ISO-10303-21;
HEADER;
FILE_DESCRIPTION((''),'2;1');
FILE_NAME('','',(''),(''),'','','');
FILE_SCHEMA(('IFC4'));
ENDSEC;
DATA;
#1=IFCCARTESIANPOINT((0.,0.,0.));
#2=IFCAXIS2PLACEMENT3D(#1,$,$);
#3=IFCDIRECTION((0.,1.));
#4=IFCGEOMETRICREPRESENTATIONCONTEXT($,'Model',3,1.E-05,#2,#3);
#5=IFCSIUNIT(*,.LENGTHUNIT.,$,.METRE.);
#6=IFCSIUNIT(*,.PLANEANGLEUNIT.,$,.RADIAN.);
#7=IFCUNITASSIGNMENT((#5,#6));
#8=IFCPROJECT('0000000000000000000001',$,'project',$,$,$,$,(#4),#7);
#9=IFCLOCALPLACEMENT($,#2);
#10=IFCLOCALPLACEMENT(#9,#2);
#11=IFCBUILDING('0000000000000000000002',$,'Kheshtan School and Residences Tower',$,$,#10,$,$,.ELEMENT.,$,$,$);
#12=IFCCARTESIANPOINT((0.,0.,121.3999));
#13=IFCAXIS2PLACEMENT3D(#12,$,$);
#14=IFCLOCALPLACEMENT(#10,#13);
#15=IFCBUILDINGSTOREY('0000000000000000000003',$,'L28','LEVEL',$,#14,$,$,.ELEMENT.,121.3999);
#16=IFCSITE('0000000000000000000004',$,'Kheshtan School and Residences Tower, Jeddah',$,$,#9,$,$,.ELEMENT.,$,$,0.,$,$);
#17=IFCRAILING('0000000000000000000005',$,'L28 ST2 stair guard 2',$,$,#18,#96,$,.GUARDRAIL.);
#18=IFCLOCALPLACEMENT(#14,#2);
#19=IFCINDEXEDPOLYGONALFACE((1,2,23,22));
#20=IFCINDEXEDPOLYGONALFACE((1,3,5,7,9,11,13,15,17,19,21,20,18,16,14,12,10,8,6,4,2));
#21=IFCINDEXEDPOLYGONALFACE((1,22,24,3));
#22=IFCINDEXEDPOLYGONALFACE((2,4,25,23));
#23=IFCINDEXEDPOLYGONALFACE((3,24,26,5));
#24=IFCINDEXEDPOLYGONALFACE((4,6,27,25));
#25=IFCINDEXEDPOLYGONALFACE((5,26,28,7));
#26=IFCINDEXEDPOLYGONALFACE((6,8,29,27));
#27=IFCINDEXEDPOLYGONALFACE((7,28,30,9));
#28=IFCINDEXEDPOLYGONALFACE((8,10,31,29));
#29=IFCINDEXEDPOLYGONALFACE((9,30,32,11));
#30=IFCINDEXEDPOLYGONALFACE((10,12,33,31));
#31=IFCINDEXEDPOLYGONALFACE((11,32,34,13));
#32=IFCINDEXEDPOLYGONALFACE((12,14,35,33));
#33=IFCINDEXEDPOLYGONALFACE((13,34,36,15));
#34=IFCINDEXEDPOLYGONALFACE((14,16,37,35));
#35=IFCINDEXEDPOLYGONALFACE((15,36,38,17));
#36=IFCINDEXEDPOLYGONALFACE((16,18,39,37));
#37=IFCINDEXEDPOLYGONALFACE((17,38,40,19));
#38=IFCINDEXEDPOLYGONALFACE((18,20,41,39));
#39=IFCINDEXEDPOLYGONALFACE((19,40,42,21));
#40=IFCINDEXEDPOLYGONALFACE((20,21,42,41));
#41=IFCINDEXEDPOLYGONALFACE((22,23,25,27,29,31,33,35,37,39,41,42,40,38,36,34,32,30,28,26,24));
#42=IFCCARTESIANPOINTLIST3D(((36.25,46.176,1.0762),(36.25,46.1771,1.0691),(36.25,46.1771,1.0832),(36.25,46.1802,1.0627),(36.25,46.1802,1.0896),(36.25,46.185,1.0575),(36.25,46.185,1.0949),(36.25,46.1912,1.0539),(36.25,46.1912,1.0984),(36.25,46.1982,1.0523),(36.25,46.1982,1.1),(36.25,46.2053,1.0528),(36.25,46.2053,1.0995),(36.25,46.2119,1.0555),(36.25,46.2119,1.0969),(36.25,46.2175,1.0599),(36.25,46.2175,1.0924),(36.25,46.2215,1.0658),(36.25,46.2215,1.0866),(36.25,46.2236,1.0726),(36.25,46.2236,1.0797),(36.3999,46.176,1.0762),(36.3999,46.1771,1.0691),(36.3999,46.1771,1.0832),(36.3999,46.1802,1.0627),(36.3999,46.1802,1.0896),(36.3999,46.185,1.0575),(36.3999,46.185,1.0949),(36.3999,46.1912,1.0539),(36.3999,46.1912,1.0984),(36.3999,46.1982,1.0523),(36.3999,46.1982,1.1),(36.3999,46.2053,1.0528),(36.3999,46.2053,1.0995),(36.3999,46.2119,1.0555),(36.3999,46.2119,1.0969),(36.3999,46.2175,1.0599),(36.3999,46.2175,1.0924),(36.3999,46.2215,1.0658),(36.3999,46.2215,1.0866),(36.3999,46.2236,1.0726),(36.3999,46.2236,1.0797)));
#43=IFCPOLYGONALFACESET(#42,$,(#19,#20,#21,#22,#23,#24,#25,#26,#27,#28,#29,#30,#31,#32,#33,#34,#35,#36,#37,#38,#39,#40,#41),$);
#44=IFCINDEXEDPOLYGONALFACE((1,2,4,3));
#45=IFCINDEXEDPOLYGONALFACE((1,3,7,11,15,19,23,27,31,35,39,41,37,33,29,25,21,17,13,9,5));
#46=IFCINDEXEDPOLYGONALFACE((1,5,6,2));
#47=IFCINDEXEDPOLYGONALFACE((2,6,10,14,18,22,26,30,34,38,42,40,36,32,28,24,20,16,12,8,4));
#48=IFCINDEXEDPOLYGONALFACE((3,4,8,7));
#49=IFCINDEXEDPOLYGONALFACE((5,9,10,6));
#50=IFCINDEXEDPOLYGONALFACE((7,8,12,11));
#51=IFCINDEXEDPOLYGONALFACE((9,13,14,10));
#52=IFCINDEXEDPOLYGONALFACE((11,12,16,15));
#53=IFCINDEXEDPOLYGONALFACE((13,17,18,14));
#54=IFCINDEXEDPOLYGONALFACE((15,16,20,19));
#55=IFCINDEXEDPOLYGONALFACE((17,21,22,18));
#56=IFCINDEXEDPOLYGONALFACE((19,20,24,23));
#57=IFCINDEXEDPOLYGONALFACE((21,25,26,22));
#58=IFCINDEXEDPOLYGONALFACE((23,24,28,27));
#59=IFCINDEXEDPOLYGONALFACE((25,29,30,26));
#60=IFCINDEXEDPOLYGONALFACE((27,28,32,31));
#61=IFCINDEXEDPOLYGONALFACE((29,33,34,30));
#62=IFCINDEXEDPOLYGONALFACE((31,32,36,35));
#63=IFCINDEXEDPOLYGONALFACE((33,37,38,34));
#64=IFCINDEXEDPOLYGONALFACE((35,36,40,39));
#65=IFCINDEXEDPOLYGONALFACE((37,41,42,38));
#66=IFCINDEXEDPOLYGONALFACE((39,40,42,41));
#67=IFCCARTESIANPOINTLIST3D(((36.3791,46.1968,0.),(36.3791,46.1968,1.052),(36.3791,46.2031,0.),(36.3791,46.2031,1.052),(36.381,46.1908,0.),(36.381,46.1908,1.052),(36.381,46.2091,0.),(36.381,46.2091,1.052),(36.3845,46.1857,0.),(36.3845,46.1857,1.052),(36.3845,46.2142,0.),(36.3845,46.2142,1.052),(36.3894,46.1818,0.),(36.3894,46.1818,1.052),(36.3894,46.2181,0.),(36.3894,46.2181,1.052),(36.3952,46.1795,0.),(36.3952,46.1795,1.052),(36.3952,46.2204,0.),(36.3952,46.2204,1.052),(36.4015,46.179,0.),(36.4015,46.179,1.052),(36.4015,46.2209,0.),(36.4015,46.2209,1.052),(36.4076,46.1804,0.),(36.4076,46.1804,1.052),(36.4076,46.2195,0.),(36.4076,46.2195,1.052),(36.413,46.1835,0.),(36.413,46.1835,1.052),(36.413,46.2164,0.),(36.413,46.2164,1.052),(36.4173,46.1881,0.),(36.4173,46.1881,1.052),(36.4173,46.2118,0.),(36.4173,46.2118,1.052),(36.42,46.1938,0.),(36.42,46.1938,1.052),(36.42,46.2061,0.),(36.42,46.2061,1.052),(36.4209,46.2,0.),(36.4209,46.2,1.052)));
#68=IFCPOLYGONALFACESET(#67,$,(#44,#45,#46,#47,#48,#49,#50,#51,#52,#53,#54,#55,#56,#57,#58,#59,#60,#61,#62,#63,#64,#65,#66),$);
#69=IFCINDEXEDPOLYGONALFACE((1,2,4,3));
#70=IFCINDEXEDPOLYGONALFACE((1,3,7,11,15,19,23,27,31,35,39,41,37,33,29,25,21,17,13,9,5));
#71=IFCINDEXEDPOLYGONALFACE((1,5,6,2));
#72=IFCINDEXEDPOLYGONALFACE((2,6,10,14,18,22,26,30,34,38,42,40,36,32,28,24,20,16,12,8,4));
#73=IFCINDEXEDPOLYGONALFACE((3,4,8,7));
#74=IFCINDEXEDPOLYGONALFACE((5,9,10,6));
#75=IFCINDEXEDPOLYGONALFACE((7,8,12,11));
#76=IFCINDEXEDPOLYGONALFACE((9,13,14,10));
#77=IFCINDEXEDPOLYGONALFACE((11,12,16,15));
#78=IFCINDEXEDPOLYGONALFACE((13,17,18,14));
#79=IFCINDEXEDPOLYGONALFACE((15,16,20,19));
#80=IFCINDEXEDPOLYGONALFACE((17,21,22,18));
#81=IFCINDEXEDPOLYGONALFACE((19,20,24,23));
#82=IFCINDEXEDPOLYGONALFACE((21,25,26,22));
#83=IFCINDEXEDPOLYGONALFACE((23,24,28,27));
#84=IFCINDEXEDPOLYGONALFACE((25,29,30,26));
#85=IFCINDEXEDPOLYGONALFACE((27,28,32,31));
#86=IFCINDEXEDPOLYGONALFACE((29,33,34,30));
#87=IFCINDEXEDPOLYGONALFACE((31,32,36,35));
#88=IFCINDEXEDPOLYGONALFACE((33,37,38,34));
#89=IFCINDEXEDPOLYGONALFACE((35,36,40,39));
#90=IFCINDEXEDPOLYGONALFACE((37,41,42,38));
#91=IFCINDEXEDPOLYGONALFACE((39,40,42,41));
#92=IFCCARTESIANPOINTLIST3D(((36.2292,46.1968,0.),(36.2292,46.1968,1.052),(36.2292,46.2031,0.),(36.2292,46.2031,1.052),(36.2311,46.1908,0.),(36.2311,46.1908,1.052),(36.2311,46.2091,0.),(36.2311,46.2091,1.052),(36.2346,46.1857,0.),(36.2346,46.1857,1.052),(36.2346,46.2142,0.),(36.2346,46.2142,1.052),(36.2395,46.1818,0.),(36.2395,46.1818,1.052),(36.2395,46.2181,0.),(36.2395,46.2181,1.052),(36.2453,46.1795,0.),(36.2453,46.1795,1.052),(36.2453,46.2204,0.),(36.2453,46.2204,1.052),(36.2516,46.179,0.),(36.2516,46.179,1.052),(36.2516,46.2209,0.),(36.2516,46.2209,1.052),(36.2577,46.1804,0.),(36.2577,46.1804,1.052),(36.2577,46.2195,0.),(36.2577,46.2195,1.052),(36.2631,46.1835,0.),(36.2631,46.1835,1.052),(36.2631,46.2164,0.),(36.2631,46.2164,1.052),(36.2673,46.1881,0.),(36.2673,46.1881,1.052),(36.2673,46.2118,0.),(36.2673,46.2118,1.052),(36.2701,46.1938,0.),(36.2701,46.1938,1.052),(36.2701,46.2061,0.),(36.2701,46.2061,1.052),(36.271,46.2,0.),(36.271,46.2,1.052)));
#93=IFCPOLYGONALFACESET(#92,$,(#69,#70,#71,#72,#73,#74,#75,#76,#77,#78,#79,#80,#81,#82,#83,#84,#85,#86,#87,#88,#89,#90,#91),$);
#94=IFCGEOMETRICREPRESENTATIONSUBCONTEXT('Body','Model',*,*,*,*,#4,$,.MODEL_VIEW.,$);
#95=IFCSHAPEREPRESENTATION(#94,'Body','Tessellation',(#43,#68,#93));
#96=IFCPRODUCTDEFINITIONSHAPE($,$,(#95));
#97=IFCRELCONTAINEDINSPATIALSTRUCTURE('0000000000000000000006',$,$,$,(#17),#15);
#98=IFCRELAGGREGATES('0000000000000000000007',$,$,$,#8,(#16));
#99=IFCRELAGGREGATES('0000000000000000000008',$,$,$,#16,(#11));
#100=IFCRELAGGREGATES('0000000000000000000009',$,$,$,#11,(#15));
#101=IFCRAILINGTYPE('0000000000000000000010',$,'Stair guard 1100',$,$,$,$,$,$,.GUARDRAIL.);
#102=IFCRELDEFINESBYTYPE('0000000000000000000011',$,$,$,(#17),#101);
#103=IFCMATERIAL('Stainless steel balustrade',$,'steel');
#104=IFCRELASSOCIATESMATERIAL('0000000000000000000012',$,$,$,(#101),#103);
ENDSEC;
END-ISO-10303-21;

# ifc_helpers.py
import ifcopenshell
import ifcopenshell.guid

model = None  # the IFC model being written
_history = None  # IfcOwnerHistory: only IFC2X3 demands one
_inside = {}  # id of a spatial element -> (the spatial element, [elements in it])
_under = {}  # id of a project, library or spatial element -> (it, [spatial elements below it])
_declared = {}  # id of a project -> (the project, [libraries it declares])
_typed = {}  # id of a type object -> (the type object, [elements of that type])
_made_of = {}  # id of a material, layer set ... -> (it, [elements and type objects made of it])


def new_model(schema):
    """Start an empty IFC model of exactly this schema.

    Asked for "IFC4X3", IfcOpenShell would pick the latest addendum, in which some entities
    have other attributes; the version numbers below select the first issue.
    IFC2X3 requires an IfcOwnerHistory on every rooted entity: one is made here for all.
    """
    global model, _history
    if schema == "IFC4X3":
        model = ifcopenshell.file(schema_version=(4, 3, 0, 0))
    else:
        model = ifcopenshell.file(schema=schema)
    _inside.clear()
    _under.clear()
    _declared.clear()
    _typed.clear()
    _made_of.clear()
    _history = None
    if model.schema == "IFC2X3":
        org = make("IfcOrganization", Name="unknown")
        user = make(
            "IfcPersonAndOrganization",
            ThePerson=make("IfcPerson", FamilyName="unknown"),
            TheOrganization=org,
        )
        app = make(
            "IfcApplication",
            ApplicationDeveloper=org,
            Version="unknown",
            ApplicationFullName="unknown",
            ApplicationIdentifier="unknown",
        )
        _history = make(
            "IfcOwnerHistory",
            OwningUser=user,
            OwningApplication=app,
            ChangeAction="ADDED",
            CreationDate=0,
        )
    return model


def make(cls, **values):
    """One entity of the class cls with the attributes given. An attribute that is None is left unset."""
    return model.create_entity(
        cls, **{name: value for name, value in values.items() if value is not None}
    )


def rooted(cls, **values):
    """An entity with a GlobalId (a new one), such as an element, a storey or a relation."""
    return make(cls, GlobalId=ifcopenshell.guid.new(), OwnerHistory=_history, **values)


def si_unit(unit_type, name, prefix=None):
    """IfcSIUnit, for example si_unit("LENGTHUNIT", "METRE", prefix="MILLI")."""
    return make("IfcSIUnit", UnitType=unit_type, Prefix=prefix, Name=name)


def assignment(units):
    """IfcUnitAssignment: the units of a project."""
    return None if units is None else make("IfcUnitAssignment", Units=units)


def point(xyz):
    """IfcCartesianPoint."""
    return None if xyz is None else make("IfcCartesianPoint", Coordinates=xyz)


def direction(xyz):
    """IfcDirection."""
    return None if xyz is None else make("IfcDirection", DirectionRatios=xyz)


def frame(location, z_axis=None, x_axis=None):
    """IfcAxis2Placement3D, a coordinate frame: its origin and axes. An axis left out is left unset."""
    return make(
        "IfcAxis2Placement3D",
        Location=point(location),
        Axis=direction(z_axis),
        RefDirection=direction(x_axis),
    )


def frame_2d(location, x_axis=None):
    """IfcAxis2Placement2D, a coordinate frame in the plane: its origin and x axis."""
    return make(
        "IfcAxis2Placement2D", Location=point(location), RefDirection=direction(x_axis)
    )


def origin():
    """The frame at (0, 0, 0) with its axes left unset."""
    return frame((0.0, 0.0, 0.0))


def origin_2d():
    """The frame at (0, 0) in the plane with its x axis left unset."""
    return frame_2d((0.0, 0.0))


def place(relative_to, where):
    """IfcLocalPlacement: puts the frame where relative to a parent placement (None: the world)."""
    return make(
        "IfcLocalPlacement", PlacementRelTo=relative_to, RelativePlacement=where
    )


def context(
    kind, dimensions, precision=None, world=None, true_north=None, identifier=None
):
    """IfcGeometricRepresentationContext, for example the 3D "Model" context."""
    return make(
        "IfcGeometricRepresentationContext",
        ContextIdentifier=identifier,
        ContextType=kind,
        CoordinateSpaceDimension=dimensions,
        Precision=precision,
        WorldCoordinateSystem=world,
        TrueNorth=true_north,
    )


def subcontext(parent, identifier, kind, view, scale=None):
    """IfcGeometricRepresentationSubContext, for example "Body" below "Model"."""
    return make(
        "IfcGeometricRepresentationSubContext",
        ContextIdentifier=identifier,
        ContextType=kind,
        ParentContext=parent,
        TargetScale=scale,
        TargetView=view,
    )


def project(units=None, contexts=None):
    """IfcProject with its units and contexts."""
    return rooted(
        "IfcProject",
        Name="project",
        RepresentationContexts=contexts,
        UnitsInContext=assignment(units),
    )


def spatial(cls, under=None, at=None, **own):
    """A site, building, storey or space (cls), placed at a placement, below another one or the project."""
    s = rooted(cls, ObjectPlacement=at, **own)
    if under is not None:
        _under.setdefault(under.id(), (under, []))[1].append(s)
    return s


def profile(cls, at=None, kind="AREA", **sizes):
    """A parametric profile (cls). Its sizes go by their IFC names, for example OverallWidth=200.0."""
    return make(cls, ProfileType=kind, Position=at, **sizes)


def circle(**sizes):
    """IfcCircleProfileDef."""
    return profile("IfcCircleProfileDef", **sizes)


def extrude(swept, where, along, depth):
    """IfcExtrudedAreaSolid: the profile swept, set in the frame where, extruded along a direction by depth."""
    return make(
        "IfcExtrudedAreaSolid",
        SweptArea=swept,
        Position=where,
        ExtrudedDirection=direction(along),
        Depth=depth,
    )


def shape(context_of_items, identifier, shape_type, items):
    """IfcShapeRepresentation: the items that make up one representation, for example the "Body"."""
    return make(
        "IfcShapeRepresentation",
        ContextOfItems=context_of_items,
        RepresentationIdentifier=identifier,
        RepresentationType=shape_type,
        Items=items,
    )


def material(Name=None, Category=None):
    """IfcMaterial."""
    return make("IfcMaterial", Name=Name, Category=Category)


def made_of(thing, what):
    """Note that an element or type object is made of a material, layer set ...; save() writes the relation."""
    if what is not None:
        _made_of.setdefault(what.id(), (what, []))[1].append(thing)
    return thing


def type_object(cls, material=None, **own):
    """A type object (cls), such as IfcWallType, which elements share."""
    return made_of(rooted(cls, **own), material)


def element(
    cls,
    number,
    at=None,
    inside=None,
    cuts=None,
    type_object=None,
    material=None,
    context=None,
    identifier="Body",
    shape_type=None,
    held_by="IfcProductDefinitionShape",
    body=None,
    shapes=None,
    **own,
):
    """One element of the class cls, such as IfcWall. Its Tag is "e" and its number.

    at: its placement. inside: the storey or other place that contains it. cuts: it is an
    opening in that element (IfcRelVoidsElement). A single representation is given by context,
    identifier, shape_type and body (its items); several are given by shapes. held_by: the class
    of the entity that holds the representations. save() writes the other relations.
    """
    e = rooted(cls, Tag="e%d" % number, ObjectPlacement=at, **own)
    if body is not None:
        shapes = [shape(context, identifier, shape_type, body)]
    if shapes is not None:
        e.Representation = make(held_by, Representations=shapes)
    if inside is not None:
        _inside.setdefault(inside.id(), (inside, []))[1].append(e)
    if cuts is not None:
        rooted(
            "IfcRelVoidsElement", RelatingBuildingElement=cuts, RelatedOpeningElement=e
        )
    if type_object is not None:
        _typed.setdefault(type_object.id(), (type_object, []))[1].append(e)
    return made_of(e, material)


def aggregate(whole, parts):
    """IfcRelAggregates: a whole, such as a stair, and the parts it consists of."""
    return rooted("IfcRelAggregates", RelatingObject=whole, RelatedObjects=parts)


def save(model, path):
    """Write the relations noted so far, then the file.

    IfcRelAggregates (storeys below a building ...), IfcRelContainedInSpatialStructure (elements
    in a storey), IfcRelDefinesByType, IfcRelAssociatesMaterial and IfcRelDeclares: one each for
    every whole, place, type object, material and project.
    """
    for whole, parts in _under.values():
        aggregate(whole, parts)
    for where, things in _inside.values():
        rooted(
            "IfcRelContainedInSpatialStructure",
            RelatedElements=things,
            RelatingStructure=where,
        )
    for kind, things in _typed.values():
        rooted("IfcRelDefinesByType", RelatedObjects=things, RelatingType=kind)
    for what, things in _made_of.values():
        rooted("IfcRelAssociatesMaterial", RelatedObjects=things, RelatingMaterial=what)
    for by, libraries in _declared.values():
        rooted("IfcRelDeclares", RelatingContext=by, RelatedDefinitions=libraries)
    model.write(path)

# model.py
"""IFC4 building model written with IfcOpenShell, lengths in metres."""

from ifc_helpers import new_model, si_unit, direction, frame, origin, origin_2d, place, context, subcontext, project, spatial, circle, extrude, material, type_object, element, save


model = new_model("IFC4")

# Units and contexts
model_context = context("Model", 3, precision=1e-05, world=origin(), true_north=direction((0.0, 1.0)))
body_context = subcontext(model_context, "Body", "Model", "MODEL_VIEW")
ifc_project = project(units=[si_unit("LENGTHUNIT", "METRE"), si_unit("PLANEANGLEUNIT", "RADIAN")], contexts=[model_context])

# Site, building, storey
site_placement = place(None, origin())
site = spatial("IfcSite", under=ifc_project, at=site_placement, Name="Kheshtan School and Residences Tower, Jeddah", CompositionType="ELEMENT", RefElevation=0.0)
building_placement = place(site_placement, origin())
building = spatial("IfcBuilding", under=site, at=building_placement, Name="Kheshtan School and Residences Tower", CompositionType="ELEMENT")
storey_placement = place(building_placement, frame((0.0, 0.0, 121.3999)))
storey = spatial("IfcBuildingStorey", under=building, at=storey_placement, Name="L28", Description="LEVEL", CompositionType="ELEMENT", Elevation=121.3999)

# Railing
ifc_material_1 = material(Name="Stainless steel balustrade", Category="steel")
railing_type_1 = type_object("IfcRailingType", Name="Stair guard 1100", PredefinedType="GUARDRAIL", material=ifc_material_1)
railing_1_placement = place(storey_placement, frame((36.3999, 46.2, 0.0)))
element("IfcRailing", 1, at=railing_1_placement, inside=storey, type_object=railing_type_1, Name="L28 ST2 stair guard 2", PredefinedType="GUARDRAIL", context=body_context, shape_type="SweptSolid", body=[
    extrude(circle(Radius=0.0239, at=origin_2d()), frame((0.0, 0.0, 1.0762), z_axis=(-1.0, 0.0, 0.0), x_axis=(0.0, -1.0, 0.0)), (0.0, 0.0, 1.0), 0.1499),
    extrude(circle(Radius=0.021, at=origin_2d()), origin(), (0.0, 0.0, 1.0), 1.052),
    extrude(circle(Radius=0.021, at=origin_2d()), frame((-0.1499, 0.0, 0.0)), (0.0, 0.0, 1.0), 1.052),
])

save(model, "model.ifc")
